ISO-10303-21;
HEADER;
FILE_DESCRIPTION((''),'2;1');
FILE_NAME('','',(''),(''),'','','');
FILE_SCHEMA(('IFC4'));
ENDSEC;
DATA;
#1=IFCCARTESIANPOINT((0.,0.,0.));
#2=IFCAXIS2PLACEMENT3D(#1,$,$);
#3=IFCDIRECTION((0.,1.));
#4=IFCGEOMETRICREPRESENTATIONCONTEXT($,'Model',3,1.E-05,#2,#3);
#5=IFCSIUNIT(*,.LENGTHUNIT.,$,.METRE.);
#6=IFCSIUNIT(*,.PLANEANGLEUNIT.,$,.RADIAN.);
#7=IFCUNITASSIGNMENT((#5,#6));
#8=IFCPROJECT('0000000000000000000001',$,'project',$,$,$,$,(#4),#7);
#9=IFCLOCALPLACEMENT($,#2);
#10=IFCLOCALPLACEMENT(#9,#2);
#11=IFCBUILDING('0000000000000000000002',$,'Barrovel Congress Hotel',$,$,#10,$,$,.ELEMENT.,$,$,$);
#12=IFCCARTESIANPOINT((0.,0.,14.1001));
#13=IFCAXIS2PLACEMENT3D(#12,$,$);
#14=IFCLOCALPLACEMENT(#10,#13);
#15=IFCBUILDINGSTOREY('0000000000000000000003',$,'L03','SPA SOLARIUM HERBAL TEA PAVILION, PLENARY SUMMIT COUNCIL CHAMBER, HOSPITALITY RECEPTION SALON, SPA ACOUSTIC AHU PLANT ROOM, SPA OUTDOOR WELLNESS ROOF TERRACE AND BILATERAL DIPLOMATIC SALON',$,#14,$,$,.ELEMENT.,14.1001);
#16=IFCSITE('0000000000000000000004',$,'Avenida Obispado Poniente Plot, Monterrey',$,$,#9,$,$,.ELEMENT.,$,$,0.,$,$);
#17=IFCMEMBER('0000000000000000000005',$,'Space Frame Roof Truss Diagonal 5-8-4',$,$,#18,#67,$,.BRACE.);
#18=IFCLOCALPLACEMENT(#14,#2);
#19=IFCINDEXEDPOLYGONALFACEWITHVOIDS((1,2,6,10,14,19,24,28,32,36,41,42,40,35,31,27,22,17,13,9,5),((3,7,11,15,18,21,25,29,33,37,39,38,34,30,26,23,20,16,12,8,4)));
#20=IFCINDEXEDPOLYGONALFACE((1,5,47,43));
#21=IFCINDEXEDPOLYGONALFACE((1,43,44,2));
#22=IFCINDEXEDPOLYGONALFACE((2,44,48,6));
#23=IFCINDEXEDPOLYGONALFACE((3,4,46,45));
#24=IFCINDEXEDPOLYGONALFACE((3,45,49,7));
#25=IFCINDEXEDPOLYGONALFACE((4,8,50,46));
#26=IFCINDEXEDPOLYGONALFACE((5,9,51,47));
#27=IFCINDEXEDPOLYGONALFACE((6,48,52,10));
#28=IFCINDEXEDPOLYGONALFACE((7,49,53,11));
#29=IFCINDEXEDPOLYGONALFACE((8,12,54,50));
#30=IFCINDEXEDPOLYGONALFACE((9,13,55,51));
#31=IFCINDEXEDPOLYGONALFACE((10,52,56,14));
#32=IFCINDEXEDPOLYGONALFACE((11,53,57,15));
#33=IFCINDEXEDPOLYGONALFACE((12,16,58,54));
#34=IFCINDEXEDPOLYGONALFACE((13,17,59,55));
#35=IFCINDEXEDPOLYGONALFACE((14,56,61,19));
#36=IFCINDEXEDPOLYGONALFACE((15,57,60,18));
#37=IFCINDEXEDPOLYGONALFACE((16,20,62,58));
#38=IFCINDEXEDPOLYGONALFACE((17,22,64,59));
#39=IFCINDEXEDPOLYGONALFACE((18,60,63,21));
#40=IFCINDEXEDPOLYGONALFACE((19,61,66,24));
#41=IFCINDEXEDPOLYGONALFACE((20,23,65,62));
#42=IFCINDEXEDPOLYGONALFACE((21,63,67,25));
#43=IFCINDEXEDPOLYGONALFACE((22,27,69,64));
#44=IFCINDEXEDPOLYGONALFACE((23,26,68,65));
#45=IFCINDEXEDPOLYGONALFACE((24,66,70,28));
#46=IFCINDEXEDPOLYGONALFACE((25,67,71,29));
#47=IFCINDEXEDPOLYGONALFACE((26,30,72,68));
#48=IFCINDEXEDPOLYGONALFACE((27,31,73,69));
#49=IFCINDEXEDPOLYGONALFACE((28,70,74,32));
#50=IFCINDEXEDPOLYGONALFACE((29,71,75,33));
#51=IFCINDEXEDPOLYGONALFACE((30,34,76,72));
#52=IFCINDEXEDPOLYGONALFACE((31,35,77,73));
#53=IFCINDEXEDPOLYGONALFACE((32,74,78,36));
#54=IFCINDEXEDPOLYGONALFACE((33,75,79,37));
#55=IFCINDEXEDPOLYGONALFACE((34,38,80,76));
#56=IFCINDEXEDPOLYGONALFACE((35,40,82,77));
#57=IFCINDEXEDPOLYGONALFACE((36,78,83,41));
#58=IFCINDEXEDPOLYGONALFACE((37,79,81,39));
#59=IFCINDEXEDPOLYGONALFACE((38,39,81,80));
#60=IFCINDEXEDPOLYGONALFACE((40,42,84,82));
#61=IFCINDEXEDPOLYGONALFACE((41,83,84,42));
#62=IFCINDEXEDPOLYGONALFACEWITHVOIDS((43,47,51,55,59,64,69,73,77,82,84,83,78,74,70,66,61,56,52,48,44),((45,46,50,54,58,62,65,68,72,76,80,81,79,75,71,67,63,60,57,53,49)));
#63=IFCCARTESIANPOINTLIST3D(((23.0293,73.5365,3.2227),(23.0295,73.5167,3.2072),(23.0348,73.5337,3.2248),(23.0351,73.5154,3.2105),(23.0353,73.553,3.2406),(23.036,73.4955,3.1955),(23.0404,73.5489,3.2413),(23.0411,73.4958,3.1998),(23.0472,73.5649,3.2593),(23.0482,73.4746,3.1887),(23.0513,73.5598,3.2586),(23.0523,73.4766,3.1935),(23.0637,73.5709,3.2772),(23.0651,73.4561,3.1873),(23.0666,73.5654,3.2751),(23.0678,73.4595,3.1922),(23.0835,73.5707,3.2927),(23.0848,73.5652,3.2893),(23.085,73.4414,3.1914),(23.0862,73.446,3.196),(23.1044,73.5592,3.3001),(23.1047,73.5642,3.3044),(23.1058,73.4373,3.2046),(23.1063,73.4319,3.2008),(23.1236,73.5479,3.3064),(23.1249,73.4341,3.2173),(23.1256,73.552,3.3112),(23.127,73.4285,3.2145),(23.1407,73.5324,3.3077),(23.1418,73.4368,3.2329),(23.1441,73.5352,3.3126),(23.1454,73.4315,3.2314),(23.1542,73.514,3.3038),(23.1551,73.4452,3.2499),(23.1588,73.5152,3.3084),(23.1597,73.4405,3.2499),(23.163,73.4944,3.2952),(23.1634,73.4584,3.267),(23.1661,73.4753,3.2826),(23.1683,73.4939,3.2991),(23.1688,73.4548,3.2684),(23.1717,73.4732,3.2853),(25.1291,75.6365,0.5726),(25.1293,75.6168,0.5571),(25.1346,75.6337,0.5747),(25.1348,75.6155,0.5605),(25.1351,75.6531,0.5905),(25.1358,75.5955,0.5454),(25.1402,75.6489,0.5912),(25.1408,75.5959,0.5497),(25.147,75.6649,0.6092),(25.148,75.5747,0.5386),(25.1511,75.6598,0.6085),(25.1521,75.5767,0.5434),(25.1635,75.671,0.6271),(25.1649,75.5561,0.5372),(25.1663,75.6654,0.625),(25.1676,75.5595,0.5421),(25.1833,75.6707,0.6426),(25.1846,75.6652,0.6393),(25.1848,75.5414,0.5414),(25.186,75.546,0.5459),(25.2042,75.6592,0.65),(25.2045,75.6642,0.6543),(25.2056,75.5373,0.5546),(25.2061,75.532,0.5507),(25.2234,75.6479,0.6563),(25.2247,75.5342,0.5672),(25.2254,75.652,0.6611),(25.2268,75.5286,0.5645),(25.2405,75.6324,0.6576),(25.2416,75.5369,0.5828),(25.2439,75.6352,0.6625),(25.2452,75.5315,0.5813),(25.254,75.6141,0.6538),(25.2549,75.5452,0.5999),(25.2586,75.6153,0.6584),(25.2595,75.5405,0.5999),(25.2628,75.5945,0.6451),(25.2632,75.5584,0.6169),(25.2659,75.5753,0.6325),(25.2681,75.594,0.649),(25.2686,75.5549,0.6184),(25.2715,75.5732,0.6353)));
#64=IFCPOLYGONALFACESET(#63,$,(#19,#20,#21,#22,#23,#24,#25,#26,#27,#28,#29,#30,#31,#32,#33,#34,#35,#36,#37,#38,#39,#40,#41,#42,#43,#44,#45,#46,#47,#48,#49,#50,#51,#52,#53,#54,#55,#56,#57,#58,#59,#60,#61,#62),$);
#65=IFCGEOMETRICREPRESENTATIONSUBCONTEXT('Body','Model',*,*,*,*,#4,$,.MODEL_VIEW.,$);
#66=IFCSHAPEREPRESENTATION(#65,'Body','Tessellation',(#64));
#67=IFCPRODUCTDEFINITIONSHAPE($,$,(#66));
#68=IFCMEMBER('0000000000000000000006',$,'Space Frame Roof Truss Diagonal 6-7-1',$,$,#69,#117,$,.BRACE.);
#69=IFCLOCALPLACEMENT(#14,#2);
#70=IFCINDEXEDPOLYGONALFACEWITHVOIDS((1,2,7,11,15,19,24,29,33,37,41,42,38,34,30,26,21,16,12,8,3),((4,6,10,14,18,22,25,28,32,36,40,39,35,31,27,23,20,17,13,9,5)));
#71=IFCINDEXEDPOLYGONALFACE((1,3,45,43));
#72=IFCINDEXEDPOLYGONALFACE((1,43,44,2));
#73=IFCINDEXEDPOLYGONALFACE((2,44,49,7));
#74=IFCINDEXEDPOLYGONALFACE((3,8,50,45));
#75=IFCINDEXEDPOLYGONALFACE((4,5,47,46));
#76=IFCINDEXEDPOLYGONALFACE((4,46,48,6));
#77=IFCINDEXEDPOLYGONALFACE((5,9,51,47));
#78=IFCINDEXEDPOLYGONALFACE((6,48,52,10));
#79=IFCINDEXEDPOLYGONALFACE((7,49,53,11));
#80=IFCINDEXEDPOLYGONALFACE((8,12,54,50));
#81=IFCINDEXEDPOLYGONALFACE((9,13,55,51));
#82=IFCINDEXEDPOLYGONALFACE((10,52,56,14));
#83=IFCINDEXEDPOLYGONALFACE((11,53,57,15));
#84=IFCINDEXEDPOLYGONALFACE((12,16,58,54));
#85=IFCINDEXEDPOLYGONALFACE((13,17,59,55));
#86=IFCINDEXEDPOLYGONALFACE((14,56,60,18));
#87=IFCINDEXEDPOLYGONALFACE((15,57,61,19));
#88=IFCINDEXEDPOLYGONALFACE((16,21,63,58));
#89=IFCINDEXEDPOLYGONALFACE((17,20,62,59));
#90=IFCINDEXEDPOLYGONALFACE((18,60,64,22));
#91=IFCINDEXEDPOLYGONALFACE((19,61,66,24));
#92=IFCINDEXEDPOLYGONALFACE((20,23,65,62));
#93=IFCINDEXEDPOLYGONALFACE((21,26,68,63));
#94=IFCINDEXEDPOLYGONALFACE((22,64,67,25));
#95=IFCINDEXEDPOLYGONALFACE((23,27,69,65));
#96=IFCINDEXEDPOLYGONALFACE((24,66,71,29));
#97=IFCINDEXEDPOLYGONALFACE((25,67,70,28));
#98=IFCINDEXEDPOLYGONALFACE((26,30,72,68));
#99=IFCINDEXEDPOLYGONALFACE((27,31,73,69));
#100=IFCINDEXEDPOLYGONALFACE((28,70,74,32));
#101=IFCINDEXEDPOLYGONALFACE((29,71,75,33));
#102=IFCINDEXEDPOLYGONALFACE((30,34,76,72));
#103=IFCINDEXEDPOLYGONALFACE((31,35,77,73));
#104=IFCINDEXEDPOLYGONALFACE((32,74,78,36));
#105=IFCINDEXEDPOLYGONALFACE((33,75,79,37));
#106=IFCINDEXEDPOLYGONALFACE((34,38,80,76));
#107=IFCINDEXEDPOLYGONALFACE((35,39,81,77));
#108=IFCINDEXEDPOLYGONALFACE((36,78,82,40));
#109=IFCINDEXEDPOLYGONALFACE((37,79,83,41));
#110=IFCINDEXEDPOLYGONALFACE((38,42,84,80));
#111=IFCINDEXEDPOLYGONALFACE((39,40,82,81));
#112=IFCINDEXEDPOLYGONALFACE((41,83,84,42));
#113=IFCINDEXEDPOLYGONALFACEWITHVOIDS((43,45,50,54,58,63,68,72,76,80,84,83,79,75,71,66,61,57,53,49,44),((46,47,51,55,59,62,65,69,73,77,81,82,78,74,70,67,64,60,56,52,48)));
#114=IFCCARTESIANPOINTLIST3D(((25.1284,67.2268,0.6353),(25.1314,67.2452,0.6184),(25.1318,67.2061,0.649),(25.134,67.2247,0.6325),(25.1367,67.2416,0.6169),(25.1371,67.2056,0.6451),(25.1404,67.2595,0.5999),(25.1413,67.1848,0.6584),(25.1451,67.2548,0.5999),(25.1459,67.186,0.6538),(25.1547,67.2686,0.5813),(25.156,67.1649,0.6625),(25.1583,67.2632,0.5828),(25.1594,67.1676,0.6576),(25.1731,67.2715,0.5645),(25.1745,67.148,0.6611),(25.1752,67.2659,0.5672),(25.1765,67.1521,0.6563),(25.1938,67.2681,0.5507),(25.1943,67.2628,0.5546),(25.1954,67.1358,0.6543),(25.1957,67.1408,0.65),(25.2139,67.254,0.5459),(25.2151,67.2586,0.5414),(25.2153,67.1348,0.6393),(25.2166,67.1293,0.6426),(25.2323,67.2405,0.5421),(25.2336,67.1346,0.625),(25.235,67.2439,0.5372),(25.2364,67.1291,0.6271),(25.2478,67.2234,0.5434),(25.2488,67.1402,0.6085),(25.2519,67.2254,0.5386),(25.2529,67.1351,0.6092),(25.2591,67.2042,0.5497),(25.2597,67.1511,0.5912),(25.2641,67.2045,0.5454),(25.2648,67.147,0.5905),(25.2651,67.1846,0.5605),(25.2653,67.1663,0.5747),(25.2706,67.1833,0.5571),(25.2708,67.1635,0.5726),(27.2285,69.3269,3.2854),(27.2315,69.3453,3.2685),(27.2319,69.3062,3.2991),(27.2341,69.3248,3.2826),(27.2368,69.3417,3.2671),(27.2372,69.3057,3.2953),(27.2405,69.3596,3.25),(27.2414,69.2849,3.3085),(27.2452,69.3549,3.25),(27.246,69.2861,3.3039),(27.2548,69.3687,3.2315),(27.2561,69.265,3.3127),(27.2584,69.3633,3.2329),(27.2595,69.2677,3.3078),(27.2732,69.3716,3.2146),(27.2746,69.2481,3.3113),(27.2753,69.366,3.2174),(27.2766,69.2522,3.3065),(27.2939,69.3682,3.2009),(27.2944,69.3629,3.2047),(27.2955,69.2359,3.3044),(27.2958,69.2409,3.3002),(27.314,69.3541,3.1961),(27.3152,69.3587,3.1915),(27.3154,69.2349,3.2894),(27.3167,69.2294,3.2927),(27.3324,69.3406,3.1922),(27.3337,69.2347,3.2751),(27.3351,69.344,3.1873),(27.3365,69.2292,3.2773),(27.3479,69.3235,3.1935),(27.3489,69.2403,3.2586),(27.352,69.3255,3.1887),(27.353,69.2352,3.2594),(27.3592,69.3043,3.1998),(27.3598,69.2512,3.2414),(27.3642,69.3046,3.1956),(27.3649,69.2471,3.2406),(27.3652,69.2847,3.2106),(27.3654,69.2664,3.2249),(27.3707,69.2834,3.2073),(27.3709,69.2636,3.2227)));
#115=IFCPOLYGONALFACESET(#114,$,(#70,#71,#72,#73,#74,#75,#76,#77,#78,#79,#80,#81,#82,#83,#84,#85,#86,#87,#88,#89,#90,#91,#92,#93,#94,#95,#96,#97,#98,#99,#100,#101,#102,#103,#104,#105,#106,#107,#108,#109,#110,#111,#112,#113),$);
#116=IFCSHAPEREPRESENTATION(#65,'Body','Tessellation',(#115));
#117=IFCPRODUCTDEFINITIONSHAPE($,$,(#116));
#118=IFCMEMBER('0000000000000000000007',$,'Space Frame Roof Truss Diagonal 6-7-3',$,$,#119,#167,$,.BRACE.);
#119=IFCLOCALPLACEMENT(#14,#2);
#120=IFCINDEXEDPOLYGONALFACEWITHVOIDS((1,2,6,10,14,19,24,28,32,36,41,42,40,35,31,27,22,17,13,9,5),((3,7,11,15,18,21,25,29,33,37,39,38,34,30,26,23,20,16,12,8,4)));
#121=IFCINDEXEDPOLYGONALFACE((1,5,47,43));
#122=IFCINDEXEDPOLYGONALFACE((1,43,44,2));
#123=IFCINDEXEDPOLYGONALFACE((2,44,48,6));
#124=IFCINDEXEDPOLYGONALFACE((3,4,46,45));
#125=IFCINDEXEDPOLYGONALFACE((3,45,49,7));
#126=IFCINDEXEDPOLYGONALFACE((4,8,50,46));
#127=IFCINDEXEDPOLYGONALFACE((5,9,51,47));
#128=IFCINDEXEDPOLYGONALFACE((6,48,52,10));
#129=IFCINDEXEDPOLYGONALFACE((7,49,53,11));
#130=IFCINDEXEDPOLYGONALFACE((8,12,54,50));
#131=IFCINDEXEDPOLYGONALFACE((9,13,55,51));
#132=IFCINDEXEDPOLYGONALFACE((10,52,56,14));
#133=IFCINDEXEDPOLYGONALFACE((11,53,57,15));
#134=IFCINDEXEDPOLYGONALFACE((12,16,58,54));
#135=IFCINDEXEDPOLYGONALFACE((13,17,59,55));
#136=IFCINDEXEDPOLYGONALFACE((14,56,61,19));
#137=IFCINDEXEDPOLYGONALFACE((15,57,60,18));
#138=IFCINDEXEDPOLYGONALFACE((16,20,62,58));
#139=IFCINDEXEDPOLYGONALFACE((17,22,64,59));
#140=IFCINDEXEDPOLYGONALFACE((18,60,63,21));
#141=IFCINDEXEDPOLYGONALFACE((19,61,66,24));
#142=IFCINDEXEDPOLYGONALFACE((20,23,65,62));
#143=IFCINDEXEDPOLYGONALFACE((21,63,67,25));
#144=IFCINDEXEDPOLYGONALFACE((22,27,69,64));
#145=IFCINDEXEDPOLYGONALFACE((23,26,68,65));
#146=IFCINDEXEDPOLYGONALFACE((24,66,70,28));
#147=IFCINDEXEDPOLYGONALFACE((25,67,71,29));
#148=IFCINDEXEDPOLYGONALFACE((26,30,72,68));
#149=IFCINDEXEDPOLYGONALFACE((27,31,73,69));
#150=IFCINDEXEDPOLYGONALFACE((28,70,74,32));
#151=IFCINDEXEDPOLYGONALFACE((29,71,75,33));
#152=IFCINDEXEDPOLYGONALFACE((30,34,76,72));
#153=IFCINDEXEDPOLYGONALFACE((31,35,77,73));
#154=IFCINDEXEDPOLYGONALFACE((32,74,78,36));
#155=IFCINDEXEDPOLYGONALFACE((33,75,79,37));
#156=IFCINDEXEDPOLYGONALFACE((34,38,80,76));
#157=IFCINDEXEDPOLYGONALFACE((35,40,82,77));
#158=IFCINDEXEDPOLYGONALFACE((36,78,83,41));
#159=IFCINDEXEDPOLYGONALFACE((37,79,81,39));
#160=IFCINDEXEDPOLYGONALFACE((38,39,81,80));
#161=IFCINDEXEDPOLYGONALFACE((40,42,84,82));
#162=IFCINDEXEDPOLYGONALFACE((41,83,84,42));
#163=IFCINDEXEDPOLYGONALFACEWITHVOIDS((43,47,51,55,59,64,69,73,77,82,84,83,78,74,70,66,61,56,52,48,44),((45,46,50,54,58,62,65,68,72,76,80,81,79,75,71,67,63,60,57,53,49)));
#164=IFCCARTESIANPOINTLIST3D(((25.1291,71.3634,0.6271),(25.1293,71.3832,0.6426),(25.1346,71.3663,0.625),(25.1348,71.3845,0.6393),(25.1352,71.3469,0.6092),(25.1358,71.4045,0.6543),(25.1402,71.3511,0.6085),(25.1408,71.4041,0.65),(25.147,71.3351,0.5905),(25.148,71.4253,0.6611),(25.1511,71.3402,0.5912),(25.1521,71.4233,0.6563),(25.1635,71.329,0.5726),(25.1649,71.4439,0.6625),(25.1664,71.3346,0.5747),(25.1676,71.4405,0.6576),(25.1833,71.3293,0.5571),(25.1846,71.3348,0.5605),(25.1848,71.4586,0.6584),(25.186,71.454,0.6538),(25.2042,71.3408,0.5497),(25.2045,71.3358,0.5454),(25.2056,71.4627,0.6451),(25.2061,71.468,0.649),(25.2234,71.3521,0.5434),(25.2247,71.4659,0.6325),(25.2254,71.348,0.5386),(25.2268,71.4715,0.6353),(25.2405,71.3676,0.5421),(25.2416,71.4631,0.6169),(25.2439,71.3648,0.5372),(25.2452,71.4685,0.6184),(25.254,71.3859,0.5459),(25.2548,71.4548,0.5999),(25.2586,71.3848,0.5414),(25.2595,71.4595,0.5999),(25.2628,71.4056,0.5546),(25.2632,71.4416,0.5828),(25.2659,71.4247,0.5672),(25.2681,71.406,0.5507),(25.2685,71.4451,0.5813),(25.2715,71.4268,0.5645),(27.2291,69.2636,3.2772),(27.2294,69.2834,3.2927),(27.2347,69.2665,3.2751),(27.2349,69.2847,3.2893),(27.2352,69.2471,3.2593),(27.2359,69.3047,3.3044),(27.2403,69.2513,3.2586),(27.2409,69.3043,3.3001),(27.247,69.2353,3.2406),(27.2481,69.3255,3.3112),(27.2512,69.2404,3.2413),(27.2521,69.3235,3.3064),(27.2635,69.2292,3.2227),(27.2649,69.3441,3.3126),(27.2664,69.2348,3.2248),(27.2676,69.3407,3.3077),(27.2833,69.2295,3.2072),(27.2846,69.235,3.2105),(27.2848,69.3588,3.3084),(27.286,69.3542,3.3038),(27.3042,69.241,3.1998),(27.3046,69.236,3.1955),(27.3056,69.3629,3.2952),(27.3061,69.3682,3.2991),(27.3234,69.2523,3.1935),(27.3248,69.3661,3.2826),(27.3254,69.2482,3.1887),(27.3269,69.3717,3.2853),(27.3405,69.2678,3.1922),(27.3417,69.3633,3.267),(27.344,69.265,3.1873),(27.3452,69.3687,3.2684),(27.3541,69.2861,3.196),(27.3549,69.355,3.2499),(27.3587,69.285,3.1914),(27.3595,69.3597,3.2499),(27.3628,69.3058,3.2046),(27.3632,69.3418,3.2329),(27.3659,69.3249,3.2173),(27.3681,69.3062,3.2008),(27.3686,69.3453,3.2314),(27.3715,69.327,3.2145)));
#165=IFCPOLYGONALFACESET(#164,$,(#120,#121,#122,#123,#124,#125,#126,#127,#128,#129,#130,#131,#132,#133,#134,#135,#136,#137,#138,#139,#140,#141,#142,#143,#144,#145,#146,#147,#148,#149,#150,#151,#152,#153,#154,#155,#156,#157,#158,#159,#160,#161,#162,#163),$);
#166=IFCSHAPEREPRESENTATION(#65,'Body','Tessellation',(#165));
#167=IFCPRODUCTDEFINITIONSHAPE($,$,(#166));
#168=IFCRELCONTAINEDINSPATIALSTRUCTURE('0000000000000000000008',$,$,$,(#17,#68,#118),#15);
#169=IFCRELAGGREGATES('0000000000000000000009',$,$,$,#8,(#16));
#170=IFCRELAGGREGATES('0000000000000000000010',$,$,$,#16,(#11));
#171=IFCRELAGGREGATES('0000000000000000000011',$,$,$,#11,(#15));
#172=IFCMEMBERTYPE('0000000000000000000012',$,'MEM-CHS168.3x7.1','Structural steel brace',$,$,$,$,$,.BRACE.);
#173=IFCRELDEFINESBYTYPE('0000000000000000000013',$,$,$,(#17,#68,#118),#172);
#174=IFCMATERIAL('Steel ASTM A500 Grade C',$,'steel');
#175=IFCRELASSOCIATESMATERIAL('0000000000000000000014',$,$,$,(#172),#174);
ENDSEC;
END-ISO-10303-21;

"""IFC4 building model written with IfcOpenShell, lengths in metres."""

from ifc_helpers import new_model, si_unit, direction, frame, origin, origin_2d, place, context, subcontext, project, spatial, hollow_circle, extrude, material, material_profile, profile_set, type_object, element, save


model = new_model("IFC4")

# Units and contexts
model_context = context("Model", 3, precision=1e-05, world=origin(), true_north=direction((0.0, 1.0)))
body_context = subcontext(model_context, "Body", "Model", "MODEL_VIEW")
ifc_project = project(units=[si_unit("LENGTHUNIT", "METRE"), si_unit("PLANEANGLEUNIT", "RADIAN")], contexts=[model_context])

# Site, building, storey
site_placement = place(None, origin())
site = spatial("IfcSite", under=ifc_project, at=site_placement, Name="Avenida Obispado Poniente Plot, Monterrey", CompositionType="ELEMENT", RefElevation=0.0)
building_placement = place(site_placement, origin())
building = spatial("IfcBuilding", under=site, at=building_placement, Name="Barrovel Congress Hotel", CompositionType="ELEMENT")
storey_placement = place(building_placement, frame((0.0, 0.0, 14.1001)))
storey = spatial("IfcBuildingStorey", under=building, at=storey_placement, Name="L03", Description="SPA SOLARIUM HERBAL TEA PAVILION, PLENARY SUMMIT COUNCIL CHAMBER, HOSPITALITY RECEPTION SALON, SPA ACOUSTIC AHU PLANT ROOM, SPA OUTDOOR WELLNESS ROOF TERRACE AND BILATERAL DIPLOMATIC SALON", CompositionType="ELEMENT", Elevation=14.1001)

# Members
ifc_material_1 = material(Name="Steel ASTM A500 Grade C", Category="steel")
ifc_material_profile_1 = material_profile(ifc_material_1, hollow_circle(Radius=0.0842, WallThickness=0.0066, at=origin_2d()), Name="CHS168.3x7.1")
ifc_profile_set_1 = profile_set([ifc_material_profile_1], Name="Steel ASTM A500 Grade C")
member_type_1 = type_object("IfcMemberType", Name="MEM-CHS168.3x7.1", Description="Structural steel brace", PredefinedType="BRACE", material=ifc_profile_set_1)
member_1_placement = place(storey_placement, frame((25.2, 75.6001, 0.5999), z_axis=(-0.527557, -0.527618, 0.66581), x_axis=(0.707148, -0.707066, 0.0)))
element("IfcMember", 1, at=member_1_placement, inside=storey, type_object=member_type_1, Name="Space Frame Roof Truss Diagonal 5-8-4", PredefinedType="BRACE", context=body_context, shape_type="SweptSolid", body=[
    extrude(hollow_circle(Radius=0.0842, WallThickness=0.0066, at=origin_2d()), origin(), (0.0, 0.0, 1.0), 3.9802),
])
member_2_placement = place(storey_placement, frame((25.2, 67.2, 0.5999), z_axis=(0.527601, 0.527601, 0.665788), x_axis=(-0.707107, 0.707107, 0.0)))
element("IfcMember", 2, at=member_2_placement, inside=storey, type_object=member_type_1, Name="Space Frame Roof Truss Diagonal 6-7-1", PredefinedType="BRACE", context=body_context, shape_type="SweptSolid", body=[
    extrude(hollow_circle(Radius=0.0842, WallThickness=0.0066, at=origin_2d()), origin(), (0.0, 0.0, 1.0), 3.9805),
])
member_3_placement = place(storey_placement, frame((25.2, 71.3999, 0.5999), z_axis=(0.527618, -0.527557, 0.66581), x_axis=(0.707066, 0.707148, 0.0)))
element("IfcMember", 3, at=member_3_placement, inside=storey, type_object=member_type_1, Name="Space Frame Roof Truss Diagonal 6-7-3", PredefinedType="BRACE", context=body_context, shape_type="SweptSolid", body=[
    extrude(hollow_circle(Radius=0.0842, WallThickness=0.0066, at=origin_2d()), origin(), (0.0, 0.0, 1.0), 3.9802),
])

save(model, "model.ifc")
